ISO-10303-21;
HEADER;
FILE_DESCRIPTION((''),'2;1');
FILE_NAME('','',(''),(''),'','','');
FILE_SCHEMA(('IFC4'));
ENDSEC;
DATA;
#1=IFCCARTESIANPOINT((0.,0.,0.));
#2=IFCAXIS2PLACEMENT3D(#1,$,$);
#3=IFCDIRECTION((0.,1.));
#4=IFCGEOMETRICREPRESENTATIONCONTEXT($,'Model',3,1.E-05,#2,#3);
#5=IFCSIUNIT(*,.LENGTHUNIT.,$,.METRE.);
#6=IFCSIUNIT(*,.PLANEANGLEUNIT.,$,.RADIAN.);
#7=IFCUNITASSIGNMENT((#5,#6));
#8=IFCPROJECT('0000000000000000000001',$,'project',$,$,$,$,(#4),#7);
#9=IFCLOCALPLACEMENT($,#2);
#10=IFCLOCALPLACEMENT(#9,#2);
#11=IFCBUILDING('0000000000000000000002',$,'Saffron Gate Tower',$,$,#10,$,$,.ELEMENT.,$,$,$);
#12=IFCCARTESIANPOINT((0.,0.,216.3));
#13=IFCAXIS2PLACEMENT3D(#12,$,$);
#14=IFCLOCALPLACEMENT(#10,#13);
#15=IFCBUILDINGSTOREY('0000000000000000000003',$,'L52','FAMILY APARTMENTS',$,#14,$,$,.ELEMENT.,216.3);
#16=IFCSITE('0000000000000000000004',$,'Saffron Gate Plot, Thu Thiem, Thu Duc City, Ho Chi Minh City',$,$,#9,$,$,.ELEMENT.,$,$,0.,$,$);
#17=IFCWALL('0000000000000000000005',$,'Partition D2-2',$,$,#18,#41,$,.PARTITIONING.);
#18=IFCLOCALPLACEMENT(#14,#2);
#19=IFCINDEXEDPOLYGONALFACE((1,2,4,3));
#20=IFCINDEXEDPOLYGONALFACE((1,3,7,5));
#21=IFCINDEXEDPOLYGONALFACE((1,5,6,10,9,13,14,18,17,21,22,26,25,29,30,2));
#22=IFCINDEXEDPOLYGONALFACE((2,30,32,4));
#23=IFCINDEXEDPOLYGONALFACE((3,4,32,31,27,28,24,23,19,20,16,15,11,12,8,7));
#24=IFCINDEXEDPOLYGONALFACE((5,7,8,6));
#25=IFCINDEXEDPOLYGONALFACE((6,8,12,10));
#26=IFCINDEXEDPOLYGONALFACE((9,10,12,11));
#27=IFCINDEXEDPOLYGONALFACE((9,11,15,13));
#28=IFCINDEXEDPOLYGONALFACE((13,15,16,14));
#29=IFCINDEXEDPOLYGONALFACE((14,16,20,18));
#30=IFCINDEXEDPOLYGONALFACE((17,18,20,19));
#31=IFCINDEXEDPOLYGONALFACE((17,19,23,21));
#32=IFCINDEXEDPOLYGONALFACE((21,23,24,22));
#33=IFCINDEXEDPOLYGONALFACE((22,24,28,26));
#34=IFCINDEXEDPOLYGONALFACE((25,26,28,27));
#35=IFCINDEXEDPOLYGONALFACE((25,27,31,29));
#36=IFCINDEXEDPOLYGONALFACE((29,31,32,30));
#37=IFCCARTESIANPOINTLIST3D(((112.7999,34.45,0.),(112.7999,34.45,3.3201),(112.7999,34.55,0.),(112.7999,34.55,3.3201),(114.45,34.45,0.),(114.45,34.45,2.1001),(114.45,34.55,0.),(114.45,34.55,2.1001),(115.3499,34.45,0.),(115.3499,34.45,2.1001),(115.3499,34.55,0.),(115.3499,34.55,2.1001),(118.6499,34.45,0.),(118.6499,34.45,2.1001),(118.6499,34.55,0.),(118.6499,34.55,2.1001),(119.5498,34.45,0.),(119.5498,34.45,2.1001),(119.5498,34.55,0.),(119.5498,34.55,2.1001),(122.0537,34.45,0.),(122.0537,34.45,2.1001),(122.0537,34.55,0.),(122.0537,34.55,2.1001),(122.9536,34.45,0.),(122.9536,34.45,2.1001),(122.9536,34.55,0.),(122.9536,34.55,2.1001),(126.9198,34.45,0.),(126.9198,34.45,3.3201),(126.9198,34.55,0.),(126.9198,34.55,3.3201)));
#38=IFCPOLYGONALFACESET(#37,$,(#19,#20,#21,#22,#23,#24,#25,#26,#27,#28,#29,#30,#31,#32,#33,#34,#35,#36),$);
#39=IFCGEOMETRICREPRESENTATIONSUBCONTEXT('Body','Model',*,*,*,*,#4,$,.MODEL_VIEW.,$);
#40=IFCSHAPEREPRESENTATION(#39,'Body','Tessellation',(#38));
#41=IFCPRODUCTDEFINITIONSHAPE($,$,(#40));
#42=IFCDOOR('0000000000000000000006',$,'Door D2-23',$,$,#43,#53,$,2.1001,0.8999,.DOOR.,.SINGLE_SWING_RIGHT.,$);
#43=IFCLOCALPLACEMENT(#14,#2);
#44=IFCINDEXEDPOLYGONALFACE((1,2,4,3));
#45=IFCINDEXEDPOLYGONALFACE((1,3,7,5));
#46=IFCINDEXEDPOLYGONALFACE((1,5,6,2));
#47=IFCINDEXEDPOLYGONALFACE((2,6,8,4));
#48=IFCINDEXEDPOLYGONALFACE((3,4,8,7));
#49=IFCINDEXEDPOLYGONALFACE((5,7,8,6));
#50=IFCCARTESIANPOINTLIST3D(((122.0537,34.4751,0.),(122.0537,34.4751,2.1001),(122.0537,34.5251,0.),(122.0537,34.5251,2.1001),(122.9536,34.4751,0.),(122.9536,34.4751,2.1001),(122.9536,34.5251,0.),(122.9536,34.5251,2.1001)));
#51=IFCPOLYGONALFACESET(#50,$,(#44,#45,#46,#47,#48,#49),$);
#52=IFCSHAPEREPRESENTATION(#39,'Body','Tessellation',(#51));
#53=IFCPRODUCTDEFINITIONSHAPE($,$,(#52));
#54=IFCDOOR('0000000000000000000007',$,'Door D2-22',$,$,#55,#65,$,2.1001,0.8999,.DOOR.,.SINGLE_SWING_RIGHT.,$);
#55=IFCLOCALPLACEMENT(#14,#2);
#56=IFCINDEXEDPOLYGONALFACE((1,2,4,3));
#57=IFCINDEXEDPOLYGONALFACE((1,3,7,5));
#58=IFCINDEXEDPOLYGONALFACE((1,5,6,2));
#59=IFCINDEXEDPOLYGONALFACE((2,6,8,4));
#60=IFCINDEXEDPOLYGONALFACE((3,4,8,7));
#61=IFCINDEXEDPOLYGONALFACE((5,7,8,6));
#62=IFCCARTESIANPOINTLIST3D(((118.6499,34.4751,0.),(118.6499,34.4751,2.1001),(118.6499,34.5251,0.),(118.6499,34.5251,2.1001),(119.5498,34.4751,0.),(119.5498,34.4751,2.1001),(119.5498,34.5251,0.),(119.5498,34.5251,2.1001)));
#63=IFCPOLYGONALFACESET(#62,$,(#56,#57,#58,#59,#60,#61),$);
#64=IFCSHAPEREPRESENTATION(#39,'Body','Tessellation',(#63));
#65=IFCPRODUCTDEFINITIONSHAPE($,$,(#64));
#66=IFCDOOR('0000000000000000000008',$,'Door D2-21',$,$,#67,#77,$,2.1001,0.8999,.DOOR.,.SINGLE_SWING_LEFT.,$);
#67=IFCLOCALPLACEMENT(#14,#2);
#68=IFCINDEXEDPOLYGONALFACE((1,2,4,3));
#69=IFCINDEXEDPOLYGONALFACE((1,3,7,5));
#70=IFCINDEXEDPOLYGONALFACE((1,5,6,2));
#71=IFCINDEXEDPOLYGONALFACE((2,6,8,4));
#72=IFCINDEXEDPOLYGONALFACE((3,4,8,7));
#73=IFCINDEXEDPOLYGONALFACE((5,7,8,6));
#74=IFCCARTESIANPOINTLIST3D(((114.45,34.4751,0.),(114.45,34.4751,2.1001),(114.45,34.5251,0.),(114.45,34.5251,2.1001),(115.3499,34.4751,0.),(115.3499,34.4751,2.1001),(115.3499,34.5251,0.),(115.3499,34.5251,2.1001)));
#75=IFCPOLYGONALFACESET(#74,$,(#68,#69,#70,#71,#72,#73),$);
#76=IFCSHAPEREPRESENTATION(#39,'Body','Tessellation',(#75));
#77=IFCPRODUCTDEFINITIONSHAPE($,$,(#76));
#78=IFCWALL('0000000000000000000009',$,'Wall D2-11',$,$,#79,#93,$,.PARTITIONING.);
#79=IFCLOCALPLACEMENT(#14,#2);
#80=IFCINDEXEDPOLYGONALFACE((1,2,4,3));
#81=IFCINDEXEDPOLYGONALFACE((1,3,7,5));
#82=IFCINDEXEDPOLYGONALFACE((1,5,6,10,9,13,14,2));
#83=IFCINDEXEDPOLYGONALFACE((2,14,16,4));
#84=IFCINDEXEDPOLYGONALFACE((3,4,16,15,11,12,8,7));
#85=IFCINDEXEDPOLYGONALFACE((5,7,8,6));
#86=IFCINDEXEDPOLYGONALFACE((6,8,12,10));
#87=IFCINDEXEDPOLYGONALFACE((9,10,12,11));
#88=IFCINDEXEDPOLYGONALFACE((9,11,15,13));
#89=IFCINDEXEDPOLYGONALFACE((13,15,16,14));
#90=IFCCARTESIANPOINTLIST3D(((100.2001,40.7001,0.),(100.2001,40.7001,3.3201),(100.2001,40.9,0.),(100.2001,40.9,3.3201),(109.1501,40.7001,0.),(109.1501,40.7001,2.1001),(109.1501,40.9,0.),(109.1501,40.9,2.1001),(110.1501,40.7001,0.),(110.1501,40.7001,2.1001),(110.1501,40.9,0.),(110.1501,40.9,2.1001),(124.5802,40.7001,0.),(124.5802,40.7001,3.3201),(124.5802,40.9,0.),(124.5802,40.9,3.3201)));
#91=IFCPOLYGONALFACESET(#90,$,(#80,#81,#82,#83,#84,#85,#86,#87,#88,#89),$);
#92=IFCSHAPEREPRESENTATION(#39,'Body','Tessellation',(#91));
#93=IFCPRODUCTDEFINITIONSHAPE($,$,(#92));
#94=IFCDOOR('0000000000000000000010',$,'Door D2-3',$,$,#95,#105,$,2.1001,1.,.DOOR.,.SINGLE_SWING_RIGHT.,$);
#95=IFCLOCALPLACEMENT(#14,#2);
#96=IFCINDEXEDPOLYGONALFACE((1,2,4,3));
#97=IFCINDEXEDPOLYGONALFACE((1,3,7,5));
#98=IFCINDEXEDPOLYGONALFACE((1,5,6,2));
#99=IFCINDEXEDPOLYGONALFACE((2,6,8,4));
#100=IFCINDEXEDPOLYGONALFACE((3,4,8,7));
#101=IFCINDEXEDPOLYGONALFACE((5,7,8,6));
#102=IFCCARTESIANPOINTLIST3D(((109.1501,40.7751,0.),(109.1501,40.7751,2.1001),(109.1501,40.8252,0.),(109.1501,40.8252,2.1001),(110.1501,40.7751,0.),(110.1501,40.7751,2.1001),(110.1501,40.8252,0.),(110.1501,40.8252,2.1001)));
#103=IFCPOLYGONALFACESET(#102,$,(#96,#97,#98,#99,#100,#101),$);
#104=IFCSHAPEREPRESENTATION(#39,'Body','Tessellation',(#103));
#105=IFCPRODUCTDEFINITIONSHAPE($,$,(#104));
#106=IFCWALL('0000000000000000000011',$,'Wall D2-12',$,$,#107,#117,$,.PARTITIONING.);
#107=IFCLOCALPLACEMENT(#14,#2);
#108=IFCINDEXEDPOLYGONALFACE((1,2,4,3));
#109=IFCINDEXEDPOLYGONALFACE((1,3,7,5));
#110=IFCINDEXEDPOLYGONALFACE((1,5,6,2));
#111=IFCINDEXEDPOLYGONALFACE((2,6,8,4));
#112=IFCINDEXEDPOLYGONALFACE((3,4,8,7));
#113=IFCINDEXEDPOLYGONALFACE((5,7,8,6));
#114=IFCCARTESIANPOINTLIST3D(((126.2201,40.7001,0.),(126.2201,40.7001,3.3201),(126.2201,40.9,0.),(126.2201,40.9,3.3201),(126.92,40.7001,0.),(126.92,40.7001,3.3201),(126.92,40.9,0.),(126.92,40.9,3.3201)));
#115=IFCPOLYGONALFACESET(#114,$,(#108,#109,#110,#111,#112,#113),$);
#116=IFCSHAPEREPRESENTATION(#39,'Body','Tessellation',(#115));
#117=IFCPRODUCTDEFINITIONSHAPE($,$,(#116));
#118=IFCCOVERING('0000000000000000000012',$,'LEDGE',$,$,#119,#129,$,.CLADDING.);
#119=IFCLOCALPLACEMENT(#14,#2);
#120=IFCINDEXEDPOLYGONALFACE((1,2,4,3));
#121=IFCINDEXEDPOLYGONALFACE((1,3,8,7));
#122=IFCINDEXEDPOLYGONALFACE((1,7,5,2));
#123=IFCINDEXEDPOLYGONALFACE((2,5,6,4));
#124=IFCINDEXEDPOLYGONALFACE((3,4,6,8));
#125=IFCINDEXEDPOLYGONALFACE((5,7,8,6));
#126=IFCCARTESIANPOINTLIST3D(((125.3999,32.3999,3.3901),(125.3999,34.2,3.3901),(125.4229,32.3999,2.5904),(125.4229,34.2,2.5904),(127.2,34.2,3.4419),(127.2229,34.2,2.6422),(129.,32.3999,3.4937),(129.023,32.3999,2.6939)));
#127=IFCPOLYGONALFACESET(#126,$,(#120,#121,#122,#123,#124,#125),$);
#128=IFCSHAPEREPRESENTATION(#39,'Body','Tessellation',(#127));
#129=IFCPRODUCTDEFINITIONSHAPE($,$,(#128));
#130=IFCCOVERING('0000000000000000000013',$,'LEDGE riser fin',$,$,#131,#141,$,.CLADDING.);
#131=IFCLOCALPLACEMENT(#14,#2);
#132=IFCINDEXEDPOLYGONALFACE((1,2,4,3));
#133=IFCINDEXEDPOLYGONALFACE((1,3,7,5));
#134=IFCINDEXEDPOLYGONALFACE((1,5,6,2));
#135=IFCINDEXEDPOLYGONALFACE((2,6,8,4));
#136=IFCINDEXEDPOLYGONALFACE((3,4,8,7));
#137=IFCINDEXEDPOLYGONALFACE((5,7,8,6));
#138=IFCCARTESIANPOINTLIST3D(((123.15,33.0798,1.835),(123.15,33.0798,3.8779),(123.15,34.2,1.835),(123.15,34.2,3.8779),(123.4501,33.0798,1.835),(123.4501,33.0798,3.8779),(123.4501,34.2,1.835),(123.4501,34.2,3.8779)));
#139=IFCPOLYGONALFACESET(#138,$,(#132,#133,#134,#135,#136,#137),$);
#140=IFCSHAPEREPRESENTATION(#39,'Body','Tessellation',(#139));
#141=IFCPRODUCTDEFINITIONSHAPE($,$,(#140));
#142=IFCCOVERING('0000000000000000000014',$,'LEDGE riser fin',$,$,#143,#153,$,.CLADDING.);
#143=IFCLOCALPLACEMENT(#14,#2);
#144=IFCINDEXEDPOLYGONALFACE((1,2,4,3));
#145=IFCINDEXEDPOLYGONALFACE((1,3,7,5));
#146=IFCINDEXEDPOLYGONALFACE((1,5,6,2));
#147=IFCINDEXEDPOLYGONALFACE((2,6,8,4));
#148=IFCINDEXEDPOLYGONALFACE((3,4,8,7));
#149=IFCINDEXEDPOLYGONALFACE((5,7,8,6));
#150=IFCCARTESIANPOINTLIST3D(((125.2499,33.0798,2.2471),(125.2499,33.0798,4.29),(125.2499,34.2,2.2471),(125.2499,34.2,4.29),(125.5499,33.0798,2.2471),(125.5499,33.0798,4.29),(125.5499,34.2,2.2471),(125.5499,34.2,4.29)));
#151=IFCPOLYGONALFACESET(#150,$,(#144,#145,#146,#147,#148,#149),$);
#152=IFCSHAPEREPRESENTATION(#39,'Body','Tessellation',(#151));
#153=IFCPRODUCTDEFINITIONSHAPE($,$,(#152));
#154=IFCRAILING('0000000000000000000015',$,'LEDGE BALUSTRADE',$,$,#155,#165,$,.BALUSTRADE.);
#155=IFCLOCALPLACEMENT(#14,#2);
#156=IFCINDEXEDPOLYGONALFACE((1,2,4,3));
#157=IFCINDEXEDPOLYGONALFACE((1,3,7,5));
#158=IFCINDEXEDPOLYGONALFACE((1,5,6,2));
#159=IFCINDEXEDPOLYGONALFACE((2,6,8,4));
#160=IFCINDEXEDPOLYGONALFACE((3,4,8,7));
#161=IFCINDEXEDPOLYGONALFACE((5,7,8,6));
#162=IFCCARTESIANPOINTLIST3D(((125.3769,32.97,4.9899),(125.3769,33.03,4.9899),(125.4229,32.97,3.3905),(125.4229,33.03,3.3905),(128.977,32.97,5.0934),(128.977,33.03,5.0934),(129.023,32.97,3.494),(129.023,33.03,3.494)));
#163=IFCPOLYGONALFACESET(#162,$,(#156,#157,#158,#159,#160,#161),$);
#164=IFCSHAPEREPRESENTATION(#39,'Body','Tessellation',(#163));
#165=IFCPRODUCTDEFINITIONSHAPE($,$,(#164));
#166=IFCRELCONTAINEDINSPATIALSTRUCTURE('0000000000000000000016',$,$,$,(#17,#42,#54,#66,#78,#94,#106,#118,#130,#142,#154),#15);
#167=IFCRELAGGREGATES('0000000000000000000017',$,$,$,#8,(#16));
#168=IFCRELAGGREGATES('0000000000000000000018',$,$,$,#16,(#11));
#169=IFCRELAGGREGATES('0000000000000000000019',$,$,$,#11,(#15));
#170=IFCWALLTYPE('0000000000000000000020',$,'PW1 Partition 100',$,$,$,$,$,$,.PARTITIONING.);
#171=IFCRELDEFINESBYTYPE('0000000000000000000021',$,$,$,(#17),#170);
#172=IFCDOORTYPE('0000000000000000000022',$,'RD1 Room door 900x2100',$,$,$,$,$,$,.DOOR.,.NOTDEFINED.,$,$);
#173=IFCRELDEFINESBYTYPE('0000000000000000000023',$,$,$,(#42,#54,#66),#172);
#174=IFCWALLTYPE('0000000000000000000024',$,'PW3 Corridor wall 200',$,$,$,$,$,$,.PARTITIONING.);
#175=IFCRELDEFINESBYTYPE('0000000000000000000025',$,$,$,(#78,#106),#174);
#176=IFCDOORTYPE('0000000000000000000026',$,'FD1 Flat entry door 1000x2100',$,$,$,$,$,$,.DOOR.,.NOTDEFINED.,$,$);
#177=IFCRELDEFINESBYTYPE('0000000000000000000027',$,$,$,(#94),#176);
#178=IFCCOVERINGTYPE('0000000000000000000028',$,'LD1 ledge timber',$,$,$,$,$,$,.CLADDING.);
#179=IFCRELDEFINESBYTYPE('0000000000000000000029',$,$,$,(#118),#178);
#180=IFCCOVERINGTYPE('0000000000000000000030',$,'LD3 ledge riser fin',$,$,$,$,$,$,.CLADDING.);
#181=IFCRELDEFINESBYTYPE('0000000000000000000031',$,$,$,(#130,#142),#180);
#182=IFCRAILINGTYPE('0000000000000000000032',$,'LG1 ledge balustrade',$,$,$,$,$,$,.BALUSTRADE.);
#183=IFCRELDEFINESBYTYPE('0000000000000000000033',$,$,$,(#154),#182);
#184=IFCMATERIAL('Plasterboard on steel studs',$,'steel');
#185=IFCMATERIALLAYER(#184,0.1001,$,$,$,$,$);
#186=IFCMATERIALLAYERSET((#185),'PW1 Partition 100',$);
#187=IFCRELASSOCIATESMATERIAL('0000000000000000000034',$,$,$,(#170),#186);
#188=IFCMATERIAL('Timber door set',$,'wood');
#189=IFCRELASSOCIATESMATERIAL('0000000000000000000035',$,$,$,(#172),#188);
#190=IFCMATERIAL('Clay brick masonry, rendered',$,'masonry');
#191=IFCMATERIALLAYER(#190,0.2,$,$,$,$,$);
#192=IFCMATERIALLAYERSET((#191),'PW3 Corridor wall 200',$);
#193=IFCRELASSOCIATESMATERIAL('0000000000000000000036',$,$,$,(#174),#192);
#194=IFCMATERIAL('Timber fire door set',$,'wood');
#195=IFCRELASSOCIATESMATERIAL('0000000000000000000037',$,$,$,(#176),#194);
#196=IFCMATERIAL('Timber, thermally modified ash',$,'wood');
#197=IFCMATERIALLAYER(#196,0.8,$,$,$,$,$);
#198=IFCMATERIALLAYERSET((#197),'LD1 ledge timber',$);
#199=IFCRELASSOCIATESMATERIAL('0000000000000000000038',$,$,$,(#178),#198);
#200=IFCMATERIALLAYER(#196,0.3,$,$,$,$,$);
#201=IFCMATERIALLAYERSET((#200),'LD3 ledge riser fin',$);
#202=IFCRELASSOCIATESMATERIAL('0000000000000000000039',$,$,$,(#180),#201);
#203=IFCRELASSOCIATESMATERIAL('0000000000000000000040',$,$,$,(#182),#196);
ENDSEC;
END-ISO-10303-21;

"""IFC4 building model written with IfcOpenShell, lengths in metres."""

from ifc_helpers import new_model, si_unit, direction, frame, frame_2d, origin, origin_2d, place, context, subcontext, project, spatial, polyline, rectangle, outline, extrude, material, layer, layer_set, type_object, element, fill, save


model = new_model("IFC4")

# Units and contexts
model_context = context("Model", 3, precision=1e-05, world=origin(), true_north=direction((0.0, 1.0)))
body_context = subcontext(model_context, "Body", "Model", "MODEL_VIEW")
ifc_project = project(units=[si_unit("LENGTHUNIT", "METRE"), si_unit("PLANEANGLEUNIT", "RADIAN")], contexts=[model_context])

# Site, building, storey
site_placement = place(None, origin())
site = spatial("IfcSite", under=ifc_project, at=site_placement, Name="Saffron Gate Plot, Thu Thiem, Thu Duc City, Ho Chi Minh City", CompositionType="ELEMENT", RefElevation=0.0)
building_placement = place(site_placement, origin())
building = spatial("IfcBuilding", under=site, at=building_placement, Name="Saffron Gate Tower", CompositionType="ELEMENT")
storey_placement = place(building_placement, frame((0.0, 0.0, 216.3)))
storey = spatial("IfcBuildingStorey", under=building, at=storey_placement, Name="L52", Description="FAMILY APARTMENTS", CompositionType="ELEMENT", Elevation=216.3)

# Wall, openings, doors
ifc_material_1 = material(Name="Plasterboard on steel studs", Category="steel")
ifc_layer_1 = layer(ifc_material_1, 0.1001)
ifc_layer_set_1 = layer_set([ifc_layer_1], Name="PW1 Partition 100")
wall_type_1 = type_object("IfcWallType", Name="PW1 Partition 100", PredefinedType="PARTITIONING", material=ifc_layer_set_1)
wall_1_placement = place(storey_placement, frame((126.9199, 34.5, 0.0), z_axis=(0.0, 0.0, 1.0), x_axis=(-1.0, 0.0, 0.0)))
wall_1 = element("IfcWall", 1, at=wall_1_placement, inside=storey, type_object=wall_type_1, Name="Partition D2-2", PredefinedType="PARTITIONING", context=body_context, shape_type="SweptSolid", body=[
    extrude(rectangle(XDim=14.1199, YDim=0.1001, at=frame_2d((7.0601, 0.0))), origin(), (0.0, 0.0, 1.0), 3.3201),
])
opening_1_placement = place(wall_1_placement, frame((3.9663, 0.0, 0.0)))
opening_1 = element("IfcOpeningElement", 2, at=opening_1_placement, cuts=wall_1, PredefinedType="OPENING", context=body_context, shape_type="SweptSolid", body=[
    extrude(rectangle(XDim=0.8999, YDim=2.1001, at=frame_2d((0.45, 1.05))), frame((0.0, 0.0601, 0.0), z_axis=(0.0, -1.0, 0.0), x_axis=(1.0, 0.0, 0.0)), (0.0, 0.0, 1.0), 0.1201),
])
opening_2_placement = place(wall_1_placement, frame((7.3701, 0.0, 0.0)))
opening_2 = element("IfcOpeningElement", 3, at=opening_2_placement, cuts=wall_1, PredefinedType="OPENING", context=body_context, shape_type="SweptSolid", body=[
    extrude(rectangle(XDim=0.8999, YDim=2.1001, at=frame_2d((0.45, 1.05))), frame((0.0, 0.0601, 0.0), z_axis=(0.0, -1.0, 0.0), x_axis=(1.0, 0.0, 0.0)), (0.0, 0.0, 1.0), 0.1201),
])
opening_3_placement = place(wall_1_placement, frame((11.5701, 0.0, 0.0)))
opening_3 = element("IfcOpeningElement", 4, at=opening_3_placement, cuts=wall_1, PredefinedType="OPENING", context=body_context, shape_type="SweptSolid", body=[
    extrude(rectangle(XDim=0.8999, YDim=2.1001, at=frame_2d((0.45, 1.05))), frame((0.0, 0.0601, 0.0), z_axis=(0.0, -1.0, 0.0), x_axis=(1.0, 0.0, 0.0)), (0.0, 0.0, 1.0), 0.1201),
])
ifc_material_2 = material(Name="Timber door set", Category="wood")
door_type_1 = type_object("IfcDoorType", Name="RD1 Room door 900x2100", OperationType="NOTDEFINED", PredefinedType="DOOR", material=ifc_material_2)
door_1_placement = place(opening_1_placement, origin())
door_1 = element("IfcDoor", 5, at=door_1_placement, inside=storey, type_object=door_type_1, Name="Door D2-23", OperationType="SINGLE_SWING_RIGHT", OverallHeight=2.1001, OverallWidth=0.8999, PredefinedType="DOOR", context=body_context, shape_type="SweptSolid", body=[
    extrude(rectangle(XDim=0.8999, YDim=2.1001, at=frame_2d((0.45, 1.05))), frame((0.0, 0.0249, 0.0), z_axis=(0.0, -1.0, 0.0), x_axis=(1.0, 0.0, 0.0)), (0.0, 0.0, 1.0), 0.05),
])
fill(opening_1, door_1)
door_2_placement = place(opening_2_placement, origin())
door_2 = element("IfcDoor", 6, at=door_2_placement, inside=storey, type_object=door_type_1, Name="Door D2-22", OperationType="SINGLE_SWING_RIGHT", OverallHeight=2.1001, OverallWidth=0.8999, PredefinedType="DOOR", context=body_context, shape_type="SweptSolid", body=[
    extrude(rectangle(XDim=0.8999, YDim=2.1001, at=frame_2d((0.45, 1.05))), frame((0.0, 0.0249, 0.0), z_axis=(0.0, -1.0, 0.0), x_axis=(1.0, 0.0, 0.0)), (0.0, 0.0, 1.0), 0.05),
])
fill(opening_2, door_2)
door_3_placement = place(opening_3_placement, origin())
door_3 = element("IfcDoor", 7, at=door_3_placement, inside=storey, type_object=door_type_1, Name="Door D2-21", OperationType="SINGLE_SWING_LEFT", OverallHeight=2.1001, OverallWidth=0.8999, PredefinedType="DOOR", context=body_context, shape_type="SweptSolid", body=[
    extrude(rectangle(XDim=0.8999, YDim=2.1001, at=frame_2d((0.45, 1.05))), frame((0.0, 0.0249, 0.0), z_axis=(0.0, -1.0, 0.0), x_axis=(1.0, 0.0, 0.0)), (0.0, 0.0, 1.0), 0.05),
])
fill(opening_3, door_3)

# Wall, opening, door
ifc_material_3 = material(Name="Clay brick masonry, rendered", Category="masonry")
ifc_layer_2 = layer(ifc_material_3, 0.2)
ifc_layer_set_2 = layer_set([ifc_layer_2], Name="PW3 Corridor wall 200")
wall_type_2 = type_object("IfcWallType", Name="PW3 Corridor wall 200", PredefinedType="PARTITIONING", material=ifc_layer_set_2)
wall_2_placement = place(storey_placement, frame((124.5801, 40.8, 0.0), z_axis=(0.0, 0.0, 1.0), x_axis=(-1.0, 0.0, 0.0)))
wall_2 = element("IfcWall", 8, at=wall_2_placement, inside=storey, type_object=wall_type_2, Name="Wall D2-11", PredefinedType="PARTITIONING", context=body_context, shape_type="SweptSolid", body=[
    extrude(rectangle(XDim=24.3801, YDim=0.2, at=frame_2d((12.1899, 0.0))), origin(), (0.0, 0.0, 1.0), 3.3201),
])
opening_4_placement = place(wall_2_placement, frame((14.4299, 0.0, 0.0)))
opening_4 = element("IfcOpeningElement", 9, at=opening_4_placement, cuts=wall_2, PredefinedType="OPENING", context=body_context, shape_type="SweptSolid", body=[
    extrude(rectangle(XDim=1.0, YDim=2.1001, at=frame_2d((0.5, 1.05))), frame((0.0, 0.1099, 0.0), z_axis=(0.0, -1.0, 0.0), x_axis=(1.0, 0.0, 0.0)), (0.0, 0.0, 1.0), 0.22),
])
ifc_material_4 = material(Name="Timber fire door set", Category="wood")
door_type_2 = type_object("IfcDoorType", Name="FD1 Flat entry door 1000x2100", OperationType="NOTDEFINED", PredefinedType="DOOR", material=ifc_material_4)
door_4_placement = place(opening_4_placement, origin())
door_4 = element("IfcDoor", 10, at=door_4_placement, inside=storey, type_object=door_type_2, Name="Door D2-3", OperationType="SINGLE_SWING_RIGHT", OverallHeight=2.1001, OverallWidth=1.0, PredefinedType="DOOR", context=body_context, shape_type="SweptSolid", body=[
    extrude(rectangle(XDim=1.0, YDim=2.1001, at=frame_2d((0.5, 1.05))), frame((0.0, 0.0249, 0.0), z_axis=(0.0, -1.0, 0.0), x_axis=(1.0, 0.0, 0.0)), (0.0, 0.0, 1.0), 0.05),
])
fill(opening_4, door_4)

# Wall
wall_3_placement = place(storey_placement, frame((126.22, 40.8, 0.0), z_axis=(0.0, 0.0, 1.0), x_axis=(1.0, 0.0, 0.0)))
element("IfcWall", 11, at=wall_3_placement, inside=storey, type_object=wall_type_2, Name="Wall D2-12", PredefinedType="PARTITIONING", context=body_context, shape_type="SweptSolid", body=[
    extrude(rectangle(XDim=0.7, YDim=0.2, at=frame_2d((0.3501, 0.0))), origin(), (0.0, 0.0, 1.0), 3.3201),
])

# Coverings
ifc_material_5 = material(Name="Timber, thermally modified ash", Category="wood")
ifc_layer_3 = layer(ifc_material_5, 0.8)
ifc_layer_set_3 = layer_set([ifc_layer_3], Name="LD1 ledge timber")
covering_type_1 = type_object("IfcCoveringType", Name="LD1 ledge timber", PredefinedType="CLADDING", material=ifc_layer_set_3)
covering_placement = place(storey_placement, frame((125.3999, 34.2, 3.3901), z_axis=(-0.028742, 0.0, 0.999587), x_axis=(0.999587, 0.0, 0.028742)))
element("IfcCovering", 12, at=covering_placement, inside=storey, type_object=covering_type_1, Name="LEDGE", PredefinedType="CLADDING", context=body_context, shape_type="SweptSolid", body=[
    extrude(outline(polyline([(0.0, 0.0), (1.8008, 0.0), (3.6016, -1.8), (0.0, -1.8), (0.0, 0.0)])), origin(), (0.0, 0.0, -1.0), 0.8),
])
ifc_layer_4 = layer(ifc_material_5, 0.3)
ifc_layer_set_4 = layer_set([ifc_layer_4], Name="LD3 ledge riser fin")
covering_type_2 = type_object("IfcCoveringType", Name="LD3 ledge riser fin", PredefinedType="CLADDING", material=ifc_layer_set_4)
for number, where, z_axis, x_axis, name in (
    (13, (123.3, 33.6399, 1.835), (0.0, 0.0, 1.0), (1.0, 0.0, 0.0), "LEDGE riser fin"),
    (14, (125.3999, 33.6399, 2.2471), (0.0, 0.0, 1.0), (1.0, 0.0, 0.0), "LEDGE riser fin"),
):
    element("IfcCovering", number, at=place(storey_placement, frame(where, z_axis=z_axis, x_axis=x_axis)), inside=storey, type_object=covering_type_2, Name=name, PredefinedType="CLADDING", context=body_context, shape_type="SweptSolid", body=[
        extrude(rectangle(XDim=0.3, YDim=1.1201, at=origin_2d()), origin(), (0.0, 0.0, 1.0), 2.043),
    ])

# Railing
railing_type = type_object("IfcRailingType", Name="LG1 ledge balustrade", PredefinedType="BALUSTRADE", material=ifc_material_5)
railing_placement = place(storey_placement, frame((125.3999, 33.0, 3.3901)))
element("IfcRailing", 15, at=railing_placement, inside=storey, type_object=railing_type, Name="LEDGE BALUSTRADE", PredefinedType="BALUSTRADE", context=body_context, shape_type="SweptSolid", body=[
    extrude(rectangle(XDim=0.0601, YDim=1.6001, at=origin_2d()), frame((0.0, 0.0, 0.8), z_axis=(0.999587, 0.0, 0.028742), x_axis=(0.0, 1.0, 0.0)), (0.0, 0.0, 1.0), 3.6016),
])

save(model, "model.ifc")
